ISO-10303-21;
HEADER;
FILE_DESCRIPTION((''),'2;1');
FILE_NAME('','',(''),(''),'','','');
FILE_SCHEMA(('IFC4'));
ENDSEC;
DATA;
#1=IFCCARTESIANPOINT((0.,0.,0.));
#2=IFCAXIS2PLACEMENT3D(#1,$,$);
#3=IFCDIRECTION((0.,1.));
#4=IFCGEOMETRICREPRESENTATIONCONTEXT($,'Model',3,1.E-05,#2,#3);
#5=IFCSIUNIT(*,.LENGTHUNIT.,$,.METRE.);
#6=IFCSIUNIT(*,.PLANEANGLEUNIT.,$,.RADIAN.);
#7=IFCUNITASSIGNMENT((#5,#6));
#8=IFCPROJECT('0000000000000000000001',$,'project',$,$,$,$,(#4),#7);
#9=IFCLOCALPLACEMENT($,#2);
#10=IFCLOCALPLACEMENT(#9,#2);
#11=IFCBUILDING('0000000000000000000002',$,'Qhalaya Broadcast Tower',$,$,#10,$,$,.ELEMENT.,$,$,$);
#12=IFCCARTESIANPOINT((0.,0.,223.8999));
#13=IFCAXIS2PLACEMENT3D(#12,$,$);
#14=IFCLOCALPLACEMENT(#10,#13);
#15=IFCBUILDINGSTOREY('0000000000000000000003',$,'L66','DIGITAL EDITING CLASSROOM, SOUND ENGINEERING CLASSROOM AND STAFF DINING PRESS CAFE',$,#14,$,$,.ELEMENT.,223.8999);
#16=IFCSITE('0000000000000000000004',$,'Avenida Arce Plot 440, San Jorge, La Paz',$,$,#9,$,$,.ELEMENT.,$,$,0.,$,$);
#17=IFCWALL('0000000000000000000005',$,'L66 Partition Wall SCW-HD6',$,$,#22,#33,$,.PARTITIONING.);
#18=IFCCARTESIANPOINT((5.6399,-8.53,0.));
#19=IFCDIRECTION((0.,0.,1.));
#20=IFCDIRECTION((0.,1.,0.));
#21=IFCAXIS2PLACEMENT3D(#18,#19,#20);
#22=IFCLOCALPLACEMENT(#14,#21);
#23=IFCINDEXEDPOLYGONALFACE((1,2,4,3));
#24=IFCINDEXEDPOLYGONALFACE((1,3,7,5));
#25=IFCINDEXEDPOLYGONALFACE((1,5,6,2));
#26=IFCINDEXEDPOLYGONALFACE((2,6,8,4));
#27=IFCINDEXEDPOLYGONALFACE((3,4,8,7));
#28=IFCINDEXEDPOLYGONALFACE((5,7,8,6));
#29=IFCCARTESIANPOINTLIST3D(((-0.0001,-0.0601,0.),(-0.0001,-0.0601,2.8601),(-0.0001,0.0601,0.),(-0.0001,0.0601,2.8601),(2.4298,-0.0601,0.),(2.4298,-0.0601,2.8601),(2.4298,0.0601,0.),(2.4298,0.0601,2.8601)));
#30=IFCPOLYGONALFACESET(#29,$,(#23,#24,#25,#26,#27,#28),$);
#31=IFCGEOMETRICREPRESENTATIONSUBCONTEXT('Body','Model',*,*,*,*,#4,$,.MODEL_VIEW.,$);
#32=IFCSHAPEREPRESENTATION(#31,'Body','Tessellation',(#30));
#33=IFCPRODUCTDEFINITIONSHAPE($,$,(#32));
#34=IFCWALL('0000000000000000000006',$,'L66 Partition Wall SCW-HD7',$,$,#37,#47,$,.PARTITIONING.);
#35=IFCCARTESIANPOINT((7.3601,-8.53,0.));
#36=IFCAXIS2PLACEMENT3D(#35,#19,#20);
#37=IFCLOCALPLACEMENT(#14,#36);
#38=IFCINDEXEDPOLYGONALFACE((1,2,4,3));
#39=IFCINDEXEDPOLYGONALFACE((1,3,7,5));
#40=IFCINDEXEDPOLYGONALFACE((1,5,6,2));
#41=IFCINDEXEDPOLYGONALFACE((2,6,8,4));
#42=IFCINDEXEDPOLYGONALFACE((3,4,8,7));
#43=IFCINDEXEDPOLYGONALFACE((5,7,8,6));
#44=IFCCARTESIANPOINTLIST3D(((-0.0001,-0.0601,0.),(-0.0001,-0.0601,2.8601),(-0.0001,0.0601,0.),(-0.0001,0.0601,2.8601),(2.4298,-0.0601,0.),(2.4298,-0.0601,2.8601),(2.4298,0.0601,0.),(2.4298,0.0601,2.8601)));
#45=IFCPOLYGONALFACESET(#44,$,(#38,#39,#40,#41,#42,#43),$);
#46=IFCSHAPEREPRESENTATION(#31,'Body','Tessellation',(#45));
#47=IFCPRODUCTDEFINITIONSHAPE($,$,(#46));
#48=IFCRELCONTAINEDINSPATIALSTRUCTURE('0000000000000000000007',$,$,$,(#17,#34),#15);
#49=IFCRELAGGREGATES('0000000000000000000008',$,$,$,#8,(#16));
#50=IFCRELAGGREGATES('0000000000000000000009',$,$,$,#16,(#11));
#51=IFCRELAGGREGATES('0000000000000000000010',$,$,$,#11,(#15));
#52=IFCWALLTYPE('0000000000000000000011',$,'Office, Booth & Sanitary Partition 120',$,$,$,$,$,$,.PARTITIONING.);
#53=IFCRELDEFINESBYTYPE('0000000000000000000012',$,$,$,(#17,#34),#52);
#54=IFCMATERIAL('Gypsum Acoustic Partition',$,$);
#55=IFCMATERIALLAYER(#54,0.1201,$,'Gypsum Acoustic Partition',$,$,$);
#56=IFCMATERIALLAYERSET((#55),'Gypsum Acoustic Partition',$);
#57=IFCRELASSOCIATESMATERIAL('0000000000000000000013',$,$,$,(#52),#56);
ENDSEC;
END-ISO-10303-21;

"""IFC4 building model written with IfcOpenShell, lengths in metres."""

from ifc_helpers import new_model, si_unit, direction, frame, frame_2d, origin, place, context, subcontext, project, spatial, rectangle, extrude, material, layer, layer_set, type_object, element, save


model = new_model("IFC4")

# Units and contexts
model_context = context("Model", 3, precision=1e-05, world=origin(), true_north=direction((0.0, 1.0)))
body_context = subcontext(model_context, "Body", "Model", "MODEL_VIEW")
ifc_project = project(units=[si_unit("LENGTHUNIT", "METRE"), si_unit("PLANEANGLEUNIT", "RADIAN")], contexts=[model_context])

# Site, building, storey
site_placement = place(None, origin())
site = spatial("IfcSite", under=ifc_project, at=site_placement, Name="Avenida Arce Plot 440, San Jorge, La Paz", CompositionType="ELEMENT", RefElevation=0.0)
building_placement = place(site_placement, origin())
building = spatial("IfcBuilding", under=site, at=building_placement, Name="Qhalaya Broadcast Tower", CompositionType="ELEMENT")
storey_placement = place(building_placement, frame((0.0, 0.0, 223.8999)))
storey = spatial("IfcBuildingStorey", under=building, at=storey_placement, Name="L66", Description="DIGITAL EDITING CLASSROOM, SOUND ENGINEERING CLASSROOM AND STAFF DINING PRESS CAFE", CompositionType="ELEMENT", Elevation=223.8999)

# Shared definitions
ifc_material_1 = material(Name="Gypsum Acoustic Partition")

# Walls
ifc_layer_1 = layer(ifc_material_1, 0.1201, Name="Gypsum Acoustic Partition")
ifc_layer_set_1 = layer_set([ifc_layer_1], Name="Gypsum Acoustic Partition")
wall_type_1 = type_object("IfcWallType", Name="Office, Booth & Sanitary Partition 120", PredefinedType="PARTITIONING", material=ifc_layer_set_1)
for number, where, z_axis, x_axis, name in (
    (1, (5.6399, -8.53, 0.0), (0.0, 0.0, 1.0), (0.0, 1.0, 0.0), "L66 Partition Wall SCW-HD6"),
    (2, (7.3601, -8.53, 0.0), (0.0, 0.0, 1.0), (0.0, 1.0, 0.0), "L66 Partition Wall SCW-HD7"),
):
    element("IfcWall", number, at=place(storey_placement, frame(where, z_axis=z_axis, x_axis=x_axis)), inside=storey, type_object=wall_type_1, Name=name, PredefinedType="PARTITIONING", context=body_context, shape_type="SweptSolid", body=[
        extrude(rectangle(XDim=2.4299, YDim=0.1201, at=frame_2d((1.2148, 0.0))), origin(), (0.0, 0.0, 1.0), 2.8601),
    ])

save(model, "model.ifc")
